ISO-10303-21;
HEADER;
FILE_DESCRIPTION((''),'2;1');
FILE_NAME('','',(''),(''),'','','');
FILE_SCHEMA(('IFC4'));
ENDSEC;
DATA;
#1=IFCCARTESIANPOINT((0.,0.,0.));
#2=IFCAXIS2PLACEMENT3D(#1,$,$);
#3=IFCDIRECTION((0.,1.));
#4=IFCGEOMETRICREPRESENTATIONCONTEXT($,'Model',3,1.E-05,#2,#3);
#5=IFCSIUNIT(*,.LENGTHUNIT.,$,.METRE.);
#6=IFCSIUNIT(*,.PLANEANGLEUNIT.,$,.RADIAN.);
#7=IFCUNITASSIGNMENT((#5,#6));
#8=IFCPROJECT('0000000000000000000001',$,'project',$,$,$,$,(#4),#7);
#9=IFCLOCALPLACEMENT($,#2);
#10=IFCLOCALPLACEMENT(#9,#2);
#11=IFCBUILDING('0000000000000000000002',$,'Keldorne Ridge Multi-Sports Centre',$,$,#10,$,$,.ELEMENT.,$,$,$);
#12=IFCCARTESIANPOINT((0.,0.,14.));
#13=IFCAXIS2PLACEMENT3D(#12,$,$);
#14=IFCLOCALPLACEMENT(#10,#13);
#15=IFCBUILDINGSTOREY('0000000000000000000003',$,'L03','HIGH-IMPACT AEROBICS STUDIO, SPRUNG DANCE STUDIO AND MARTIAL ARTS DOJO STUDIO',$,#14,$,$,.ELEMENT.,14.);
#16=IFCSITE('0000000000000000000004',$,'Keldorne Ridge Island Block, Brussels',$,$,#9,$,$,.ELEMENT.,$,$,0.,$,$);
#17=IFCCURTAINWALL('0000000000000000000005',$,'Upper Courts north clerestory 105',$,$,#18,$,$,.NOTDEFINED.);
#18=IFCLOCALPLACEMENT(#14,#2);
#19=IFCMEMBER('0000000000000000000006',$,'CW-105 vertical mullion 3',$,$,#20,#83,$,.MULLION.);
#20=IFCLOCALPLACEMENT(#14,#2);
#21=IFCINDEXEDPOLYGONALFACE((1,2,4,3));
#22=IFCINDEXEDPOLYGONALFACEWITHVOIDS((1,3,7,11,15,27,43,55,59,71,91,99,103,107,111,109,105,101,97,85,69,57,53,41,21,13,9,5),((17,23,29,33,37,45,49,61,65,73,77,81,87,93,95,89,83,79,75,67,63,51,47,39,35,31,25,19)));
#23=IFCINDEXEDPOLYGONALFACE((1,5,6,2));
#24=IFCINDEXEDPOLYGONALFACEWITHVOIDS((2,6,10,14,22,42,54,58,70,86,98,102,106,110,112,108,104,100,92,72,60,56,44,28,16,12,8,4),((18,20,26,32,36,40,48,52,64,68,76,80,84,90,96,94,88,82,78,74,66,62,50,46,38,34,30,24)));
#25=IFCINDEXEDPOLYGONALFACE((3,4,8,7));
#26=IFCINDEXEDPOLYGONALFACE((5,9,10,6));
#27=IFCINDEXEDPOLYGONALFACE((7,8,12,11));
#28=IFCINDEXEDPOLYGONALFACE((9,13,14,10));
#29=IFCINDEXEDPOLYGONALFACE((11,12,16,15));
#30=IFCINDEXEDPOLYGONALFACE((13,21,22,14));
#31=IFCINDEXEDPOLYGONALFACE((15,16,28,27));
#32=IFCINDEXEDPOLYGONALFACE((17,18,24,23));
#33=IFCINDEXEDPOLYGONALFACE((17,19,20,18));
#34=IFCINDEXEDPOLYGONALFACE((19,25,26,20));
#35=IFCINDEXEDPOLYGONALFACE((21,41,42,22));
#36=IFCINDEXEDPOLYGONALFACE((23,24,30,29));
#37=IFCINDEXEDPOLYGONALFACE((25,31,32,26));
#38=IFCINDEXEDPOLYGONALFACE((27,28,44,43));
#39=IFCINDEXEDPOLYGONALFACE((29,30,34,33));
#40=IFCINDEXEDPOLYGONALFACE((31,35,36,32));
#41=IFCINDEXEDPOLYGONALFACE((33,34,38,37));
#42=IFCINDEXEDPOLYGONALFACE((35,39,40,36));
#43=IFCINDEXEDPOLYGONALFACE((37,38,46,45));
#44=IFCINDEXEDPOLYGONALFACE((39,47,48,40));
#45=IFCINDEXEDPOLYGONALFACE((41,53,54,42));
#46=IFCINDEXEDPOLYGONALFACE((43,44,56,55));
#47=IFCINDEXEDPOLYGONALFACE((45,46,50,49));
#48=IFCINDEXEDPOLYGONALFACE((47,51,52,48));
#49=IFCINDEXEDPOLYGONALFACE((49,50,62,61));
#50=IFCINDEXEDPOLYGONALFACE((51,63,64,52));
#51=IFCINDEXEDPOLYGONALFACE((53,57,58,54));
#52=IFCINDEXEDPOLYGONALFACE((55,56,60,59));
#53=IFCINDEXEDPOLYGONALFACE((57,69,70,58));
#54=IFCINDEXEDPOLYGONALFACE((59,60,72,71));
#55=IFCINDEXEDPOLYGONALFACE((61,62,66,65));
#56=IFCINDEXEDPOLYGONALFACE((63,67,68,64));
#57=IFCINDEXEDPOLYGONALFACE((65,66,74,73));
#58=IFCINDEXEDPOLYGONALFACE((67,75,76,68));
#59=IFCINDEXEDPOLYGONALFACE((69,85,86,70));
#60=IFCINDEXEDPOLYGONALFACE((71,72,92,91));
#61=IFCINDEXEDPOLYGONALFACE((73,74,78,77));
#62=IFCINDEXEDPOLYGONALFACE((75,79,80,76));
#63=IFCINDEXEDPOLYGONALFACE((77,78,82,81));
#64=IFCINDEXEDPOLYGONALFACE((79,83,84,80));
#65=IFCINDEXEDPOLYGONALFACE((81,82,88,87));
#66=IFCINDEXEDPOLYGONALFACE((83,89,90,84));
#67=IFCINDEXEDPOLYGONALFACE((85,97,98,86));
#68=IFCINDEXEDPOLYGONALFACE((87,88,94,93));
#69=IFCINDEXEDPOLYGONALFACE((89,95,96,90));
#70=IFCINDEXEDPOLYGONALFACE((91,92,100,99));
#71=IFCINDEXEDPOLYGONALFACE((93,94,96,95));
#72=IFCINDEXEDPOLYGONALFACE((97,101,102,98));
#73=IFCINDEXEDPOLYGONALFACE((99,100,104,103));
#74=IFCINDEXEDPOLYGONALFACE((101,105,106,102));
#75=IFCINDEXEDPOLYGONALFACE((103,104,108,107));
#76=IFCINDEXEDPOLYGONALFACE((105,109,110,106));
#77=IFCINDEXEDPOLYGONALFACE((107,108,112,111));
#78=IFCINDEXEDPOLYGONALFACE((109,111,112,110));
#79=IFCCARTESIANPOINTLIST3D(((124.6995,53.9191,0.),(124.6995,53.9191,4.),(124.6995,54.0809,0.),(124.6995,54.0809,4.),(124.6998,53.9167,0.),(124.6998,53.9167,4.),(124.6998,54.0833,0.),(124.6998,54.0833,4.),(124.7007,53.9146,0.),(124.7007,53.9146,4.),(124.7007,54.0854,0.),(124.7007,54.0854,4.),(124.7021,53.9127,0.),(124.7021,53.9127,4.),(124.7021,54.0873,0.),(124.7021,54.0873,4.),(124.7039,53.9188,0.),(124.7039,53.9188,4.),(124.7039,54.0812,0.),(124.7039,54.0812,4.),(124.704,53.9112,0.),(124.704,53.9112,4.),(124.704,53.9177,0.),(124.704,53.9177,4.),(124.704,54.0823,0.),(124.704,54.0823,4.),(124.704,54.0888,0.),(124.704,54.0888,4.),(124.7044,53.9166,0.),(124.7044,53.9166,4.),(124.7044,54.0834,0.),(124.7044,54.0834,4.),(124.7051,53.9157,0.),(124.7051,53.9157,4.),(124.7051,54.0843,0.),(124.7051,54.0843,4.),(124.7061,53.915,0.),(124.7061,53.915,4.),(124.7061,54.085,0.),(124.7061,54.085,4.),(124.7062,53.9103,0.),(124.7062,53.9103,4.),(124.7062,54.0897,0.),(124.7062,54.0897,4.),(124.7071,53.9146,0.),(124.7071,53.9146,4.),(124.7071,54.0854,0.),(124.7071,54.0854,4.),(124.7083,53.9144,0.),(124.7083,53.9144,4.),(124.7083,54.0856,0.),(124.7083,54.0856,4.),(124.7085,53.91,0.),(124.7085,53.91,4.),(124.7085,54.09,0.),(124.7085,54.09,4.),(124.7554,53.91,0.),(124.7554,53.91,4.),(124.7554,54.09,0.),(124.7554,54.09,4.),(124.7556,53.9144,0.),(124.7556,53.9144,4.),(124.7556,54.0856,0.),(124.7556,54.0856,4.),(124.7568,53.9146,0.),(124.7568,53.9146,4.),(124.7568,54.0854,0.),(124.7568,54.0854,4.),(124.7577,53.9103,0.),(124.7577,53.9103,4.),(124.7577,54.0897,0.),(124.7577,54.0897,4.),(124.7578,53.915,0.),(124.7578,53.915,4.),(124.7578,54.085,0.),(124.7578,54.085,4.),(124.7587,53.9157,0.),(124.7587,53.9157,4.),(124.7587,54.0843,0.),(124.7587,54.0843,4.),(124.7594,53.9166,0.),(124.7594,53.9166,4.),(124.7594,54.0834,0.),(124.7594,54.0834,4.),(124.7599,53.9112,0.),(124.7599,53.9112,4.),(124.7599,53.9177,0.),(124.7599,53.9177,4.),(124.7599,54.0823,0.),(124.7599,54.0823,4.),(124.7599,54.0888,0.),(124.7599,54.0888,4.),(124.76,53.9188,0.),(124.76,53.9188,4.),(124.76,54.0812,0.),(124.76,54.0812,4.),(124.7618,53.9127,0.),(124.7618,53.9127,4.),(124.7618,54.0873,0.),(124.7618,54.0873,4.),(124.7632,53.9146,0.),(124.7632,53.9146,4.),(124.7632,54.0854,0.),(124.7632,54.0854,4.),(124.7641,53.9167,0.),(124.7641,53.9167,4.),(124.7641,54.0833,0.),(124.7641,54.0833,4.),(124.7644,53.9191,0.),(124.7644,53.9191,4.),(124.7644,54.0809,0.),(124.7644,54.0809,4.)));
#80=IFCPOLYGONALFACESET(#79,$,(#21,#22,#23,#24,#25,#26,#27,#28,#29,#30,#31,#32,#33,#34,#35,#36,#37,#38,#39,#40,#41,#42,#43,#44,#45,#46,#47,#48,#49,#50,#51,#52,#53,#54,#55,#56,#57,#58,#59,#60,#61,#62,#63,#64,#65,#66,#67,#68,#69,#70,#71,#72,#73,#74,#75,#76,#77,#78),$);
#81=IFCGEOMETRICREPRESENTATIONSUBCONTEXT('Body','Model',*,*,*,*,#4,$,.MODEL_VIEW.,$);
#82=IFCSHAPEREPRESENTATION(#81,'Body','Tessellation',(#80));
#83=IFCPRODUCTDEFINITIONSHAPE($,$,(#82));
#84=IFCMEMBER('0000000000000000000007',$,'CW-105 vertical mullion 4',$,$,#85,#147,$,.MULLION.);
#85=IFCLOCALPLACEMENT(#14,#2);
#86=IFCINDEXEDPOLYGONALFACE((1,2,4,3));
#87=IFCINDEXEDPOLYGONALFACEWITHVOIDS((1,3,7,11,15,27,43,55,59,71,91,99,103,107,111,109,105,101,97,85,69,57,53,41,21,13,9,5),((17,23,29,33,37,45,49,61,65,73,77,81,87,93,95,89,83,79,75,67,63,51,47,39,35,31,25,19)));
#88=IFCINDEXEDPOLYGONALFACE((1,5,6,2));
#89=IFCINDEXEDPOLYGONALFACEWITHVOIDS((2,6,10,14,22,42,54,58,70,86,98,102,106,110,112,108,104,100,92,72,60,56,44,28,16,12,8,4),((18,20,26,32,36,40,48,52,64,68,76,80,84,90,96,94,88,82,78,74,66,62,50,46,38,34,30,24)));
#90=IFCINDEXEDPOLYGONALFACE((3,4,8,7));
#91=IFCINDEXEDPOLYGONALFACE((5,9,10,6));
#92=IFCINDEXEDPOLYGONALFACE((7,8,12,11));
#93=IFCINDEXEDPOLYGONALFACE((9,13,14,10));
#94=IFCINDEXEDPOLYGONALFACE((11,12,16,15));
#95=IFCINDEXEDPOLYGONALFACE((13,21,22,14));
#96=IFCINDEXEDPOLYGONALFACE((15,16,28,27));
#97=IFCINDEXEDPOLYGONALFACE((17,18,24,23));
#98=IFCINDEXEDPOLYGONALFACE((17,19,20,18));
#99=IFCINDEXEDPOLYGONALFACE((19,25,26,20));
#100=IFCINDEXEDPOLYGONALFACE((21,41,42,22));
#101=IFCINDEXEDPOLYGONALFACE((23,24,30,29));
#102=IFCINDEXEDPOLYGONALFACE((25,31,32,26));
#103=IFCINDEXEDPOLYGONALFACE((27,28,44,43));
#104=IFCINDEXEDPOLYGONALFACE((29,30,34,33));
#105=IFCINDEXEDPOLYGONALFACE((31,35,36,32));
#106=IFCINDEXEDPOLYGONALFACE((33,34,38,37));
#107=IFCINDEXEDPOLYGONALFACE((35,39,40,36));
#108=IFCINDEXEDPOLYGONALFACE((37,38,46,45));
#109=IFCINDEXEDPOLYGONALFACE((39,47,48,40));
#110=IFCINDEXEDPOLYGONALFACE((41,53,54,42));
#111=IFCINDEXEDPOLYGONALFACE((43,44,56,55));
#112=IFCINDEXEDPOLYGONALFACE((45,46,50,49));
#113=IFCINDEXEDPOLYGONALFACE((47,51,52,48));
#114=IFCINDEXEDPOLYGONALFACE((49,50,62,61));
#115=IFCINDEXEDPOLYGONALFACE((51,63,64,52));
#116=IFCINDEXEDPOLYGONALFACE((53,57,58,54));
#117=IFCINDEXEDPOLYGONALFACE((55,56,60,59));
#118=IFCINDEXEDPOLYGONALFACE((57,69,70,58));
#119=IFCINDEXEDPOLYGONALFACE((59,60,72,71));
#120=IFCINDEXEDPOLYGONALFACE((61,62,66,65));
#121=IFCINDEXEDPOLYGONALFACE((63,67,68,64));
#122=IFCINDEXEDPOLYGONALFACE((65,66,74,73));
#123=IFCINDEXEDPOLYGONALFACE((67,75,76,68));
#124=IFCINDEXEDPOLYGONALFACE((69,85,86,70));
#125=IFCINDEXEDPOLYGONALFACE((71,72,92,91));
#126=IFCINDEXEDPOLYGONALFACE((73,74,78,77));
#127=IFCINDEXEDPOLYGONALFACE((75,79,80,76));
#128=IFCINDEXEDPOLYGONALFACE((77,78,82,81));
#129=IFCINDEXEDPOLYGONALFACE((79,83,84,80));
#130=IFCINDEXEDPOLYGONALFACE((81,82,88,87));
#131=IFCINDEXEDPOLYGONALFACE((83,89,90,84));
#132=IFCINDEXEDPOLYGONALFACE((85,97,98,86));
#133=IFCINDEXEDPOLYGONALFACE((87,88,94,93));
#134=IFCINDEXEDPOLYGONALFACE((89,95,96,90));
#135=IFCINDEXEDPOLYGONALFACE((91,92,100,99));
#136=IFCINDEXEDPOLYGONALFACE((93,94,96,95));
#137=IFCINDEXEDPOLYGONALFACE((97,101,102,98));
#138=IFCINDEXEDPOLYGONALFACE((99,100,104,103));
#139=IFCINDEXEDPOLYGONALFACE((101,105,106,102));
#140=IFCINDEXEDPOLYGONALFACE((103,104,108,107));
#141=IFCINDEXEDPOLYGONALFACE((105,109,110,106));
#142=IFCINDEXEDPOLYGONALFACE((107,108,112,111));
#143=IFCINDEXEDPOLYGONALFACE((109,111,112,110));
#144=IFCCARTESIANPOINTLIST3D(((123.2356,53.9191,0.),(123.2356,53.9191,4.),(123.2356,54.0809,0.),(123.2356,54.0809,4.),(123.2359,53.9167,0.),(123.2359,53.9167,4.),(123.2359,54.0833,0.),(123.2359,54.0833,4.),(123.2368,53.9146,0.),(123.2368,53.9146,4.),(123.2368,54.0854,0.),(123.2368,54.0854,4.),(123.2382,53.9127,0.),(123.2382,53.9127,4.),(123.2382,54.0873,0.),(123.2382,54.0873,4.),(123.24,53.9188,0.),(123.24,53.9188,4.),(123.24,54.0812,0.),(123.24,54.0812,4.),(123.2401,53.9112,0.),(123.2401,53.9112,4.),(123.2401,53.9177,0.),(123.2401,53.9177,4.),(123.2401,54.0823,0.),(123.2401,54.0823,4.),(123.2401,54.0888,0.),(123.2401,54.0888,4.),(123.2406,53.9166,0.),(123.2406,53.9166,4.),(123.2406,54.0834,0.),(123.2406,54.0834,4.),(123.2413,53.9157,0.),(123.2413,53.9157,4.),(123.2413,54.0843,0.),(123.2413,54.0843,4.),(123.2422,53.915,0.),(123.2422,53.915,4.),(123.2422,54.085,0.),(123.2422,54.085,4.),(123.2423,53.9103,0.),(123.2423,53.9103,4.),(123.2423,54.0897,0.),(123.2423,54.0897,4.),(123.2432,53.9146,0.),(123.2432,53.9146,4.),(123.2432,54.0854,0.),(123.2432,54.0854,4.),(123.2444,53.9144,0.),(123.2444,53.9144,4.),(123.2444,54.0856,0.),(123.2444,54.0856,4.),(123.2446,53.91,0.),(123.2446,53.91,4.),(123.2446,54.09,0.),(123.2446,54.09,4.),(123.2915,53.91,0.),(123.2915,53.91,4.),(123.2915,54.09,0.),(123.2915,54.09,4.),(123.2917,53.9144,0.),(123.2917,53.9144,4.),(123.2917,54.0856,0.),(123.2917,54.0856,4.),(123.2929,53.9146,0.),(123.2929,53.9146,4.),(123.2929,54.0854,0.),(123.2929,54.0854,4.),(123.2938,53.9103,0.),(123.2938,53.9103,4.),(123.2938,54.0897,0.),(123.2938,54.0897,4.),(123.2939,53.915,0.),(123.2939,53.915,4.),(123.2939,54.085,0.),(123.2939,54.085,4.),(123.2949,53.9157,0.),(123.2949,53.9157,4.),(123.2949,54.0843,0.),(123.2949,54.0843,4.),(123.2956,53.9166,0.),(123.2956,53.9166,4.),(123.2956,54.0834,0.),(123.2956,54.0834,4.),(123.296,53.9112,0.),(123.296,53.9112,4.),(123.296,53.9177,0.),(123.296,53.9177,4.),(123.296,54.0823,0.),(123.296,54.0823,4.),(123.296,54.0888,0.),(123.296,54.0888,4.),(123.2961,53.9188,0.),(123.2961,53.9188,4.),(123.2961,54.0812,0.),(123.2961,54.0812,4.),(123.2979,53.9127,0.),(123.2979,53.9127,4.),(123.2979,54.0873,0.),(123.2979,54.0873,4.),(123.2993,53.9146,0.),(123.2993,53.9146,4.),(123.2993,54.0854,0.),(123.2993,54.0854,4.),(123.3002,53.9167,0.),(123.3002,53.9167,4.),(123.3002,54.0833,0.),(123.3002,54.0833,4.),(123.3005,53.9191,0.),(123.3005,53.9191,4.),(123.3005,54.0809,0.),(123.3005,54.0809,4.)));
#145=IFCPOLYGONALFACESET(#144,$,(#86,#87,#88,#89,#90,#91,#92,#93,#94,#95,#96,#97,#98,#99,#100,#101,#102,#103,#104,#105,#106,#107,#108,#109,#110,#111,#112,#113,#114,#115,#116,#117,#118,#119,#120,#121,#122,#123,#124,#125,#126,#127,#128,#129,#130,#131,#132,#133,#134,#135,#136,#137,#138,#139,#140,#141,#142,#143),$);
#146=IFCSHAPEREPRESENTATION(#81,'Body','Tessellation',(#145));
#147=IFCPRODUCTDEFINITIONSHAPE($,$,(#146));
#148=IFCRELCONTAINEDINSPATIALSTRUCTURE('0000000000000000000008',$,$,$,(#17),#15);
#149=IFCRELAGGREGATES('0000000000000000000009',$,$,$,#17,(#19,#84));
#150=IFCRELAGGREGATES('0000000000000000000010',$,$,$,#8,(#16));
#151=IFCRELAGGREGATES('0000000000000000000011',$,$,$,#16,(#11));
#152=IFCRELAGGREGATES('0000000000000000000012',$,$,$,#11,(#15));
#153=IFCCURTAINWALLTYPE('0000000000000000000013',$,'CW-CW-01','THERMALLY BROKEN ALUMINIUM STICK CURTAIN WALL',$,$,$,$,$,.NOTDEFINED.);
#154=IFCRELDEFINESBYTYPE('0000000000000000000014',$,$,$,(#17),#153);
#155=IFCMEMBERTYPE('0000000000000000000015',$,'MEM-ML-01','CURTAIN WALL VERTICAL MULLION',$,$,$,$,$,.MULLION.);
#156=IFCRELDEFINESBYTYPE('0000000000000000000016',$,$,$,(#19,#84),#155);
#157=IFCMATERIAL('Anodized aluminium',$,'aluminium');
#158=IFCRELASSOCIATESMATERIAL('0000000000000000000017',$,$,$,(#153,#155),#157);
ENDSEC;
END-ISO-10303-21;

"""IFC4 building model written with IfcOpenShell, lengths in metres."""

from ifc_helpers import new_model, si_unit, direction, frame, origin, origin_2d, place, context, subcontext, project, spatial, hollow_rectangle, extrude, material, material_profile, profile_set, type_object, element, aggregate, save


model = new_model("IFC4")

# Units and contexts
model_context = context("Model", 3, precision=1e-05, world=origin(), true_north=direction((0.0, 1.0)))
body_context = subcontext(model_context, "Body", "Model", "MODEL_VIEW")
ifc_project = project(units=[si_unit("LENGTHUNIT", "METRE"), si_unit("PLANEANGLEUNIT", "RADIAN")], contexts=[model_context])

# Site, building, storey
site_placement = place(None, origin())
site = spatial("IfcSite", under=ifc_project, at=site_placement, Name="Keldorne Ridge Island Block, Brussels", CompositionType="ELEMENT", RefElevation=0.0)
building_placement = place(site_placement, origin())
building = spatial("IfcBuilding", under=site, at=building_placement, Name="Keldorne Ridge Multi-Sports Centre", CompositionType="ELEMENT")
storey_placement = place(building_placement, frame((0.0, 0.0, 14.0)))
storey = spatial("IfcBuildingStorey", under=building, at=storey_placement, Name="L03", Description="HIGH-IMPACT AEROBICS STUDIO, SPRUNG DANCE STUDIO AND MARTIAL ARTS DOJO STUDIO", CompositionType="ELEMENT", Elevation=14.0)

# Curtain wall, members
ifc_material_1 = material(Name="Anodized aluminium", Category="aluminium")
curtain_wall_type = type_object("IfcCurtainWallType", Name="CW-CW-01", Description="THERMALLY BROKEN ALUMINIUM STICK CURTAIN WALL", PredefinedType="NOTDEFINED", material=ifc_material_1)
curtain_wall_placement = place(storey_placement, origin())
curtain_wall = element("IfcCurtainWall", 1, at=curtain_wall_placement, inside=storey, type_object=curtain_wall_type, Name="Upper Courts north clerestory 105", PredefinedType="NOTDEFINED")
ifc_material_profile_1 = material_profile(ifc_material_1, hollow_rectangle(XDim=0.0649, YDim=0.1799, WallThickness=0.0044, InnerFilletRadius=0.0044, OuterFilletRadius=0.009, at=origin_2d()), Name="ALU MULLION 180x65x4.5")
ifc_profile_set_1 = profile_set([ifc_material_profile_1], Name="Anodized aluminium")
member_type_1 = type_object("IfcMemberType", Name="MEM-ML-01", Description="CURTAIN WALL VERTICAL MULLION", PredefinedType="MULLION", material=ifc_profile_set_1)
member_1_placement = place(storey_placement, frame((124.7319, 54.0, 0.0), z_axis=(0.0, 0.0, 1.0), x_axis=(1.0, 0.0, 0.0)))
member_1 = element("IfcMember", 2, at=member_1_placement, type_object=member_type_1, Name="CW-105 vertical mullion 3", PredefinedType="MULLION", context=body_context, shape_type="SweptSolid", body=[
    extrude(hollow_rectangle(XDim=0.0649, YDim=0.1799, WallThickness=0.0044, InnerFilletRadius=0.0044, OuterFilletRadius=0.009, at=origin_2d()), origin(), (0.0, 0.0, 1.0), 4.0),
])
member_2_placement = place(storey_placement, frame((123.2681, 54.0, 0.0), z_axis=(0.0, 0.0, 1.0), x_axis=(1.0, 0.0, 0.0)))
member_2 = element("IfcMember", 3, at=member_2_placement, type_object=member_type_1, Name="CW-105 vertical mullion 4", PredefinedType="MULLION", context=body_context, shape_type="SweptSolid", body=[
    extrude(hollow_rectangle(XDim=0.0649, YDim=0.1799, WallThickness=0.0044, InnerFilletRadius=0.0044, OuterFilletRadius=0.009, at=origin_2d()), origin(), (0.0, 0.0, 1.0), 4.0),
])
aggregate(curtain_wall, [member_1, member_2])

save(model, "model.ifc")
